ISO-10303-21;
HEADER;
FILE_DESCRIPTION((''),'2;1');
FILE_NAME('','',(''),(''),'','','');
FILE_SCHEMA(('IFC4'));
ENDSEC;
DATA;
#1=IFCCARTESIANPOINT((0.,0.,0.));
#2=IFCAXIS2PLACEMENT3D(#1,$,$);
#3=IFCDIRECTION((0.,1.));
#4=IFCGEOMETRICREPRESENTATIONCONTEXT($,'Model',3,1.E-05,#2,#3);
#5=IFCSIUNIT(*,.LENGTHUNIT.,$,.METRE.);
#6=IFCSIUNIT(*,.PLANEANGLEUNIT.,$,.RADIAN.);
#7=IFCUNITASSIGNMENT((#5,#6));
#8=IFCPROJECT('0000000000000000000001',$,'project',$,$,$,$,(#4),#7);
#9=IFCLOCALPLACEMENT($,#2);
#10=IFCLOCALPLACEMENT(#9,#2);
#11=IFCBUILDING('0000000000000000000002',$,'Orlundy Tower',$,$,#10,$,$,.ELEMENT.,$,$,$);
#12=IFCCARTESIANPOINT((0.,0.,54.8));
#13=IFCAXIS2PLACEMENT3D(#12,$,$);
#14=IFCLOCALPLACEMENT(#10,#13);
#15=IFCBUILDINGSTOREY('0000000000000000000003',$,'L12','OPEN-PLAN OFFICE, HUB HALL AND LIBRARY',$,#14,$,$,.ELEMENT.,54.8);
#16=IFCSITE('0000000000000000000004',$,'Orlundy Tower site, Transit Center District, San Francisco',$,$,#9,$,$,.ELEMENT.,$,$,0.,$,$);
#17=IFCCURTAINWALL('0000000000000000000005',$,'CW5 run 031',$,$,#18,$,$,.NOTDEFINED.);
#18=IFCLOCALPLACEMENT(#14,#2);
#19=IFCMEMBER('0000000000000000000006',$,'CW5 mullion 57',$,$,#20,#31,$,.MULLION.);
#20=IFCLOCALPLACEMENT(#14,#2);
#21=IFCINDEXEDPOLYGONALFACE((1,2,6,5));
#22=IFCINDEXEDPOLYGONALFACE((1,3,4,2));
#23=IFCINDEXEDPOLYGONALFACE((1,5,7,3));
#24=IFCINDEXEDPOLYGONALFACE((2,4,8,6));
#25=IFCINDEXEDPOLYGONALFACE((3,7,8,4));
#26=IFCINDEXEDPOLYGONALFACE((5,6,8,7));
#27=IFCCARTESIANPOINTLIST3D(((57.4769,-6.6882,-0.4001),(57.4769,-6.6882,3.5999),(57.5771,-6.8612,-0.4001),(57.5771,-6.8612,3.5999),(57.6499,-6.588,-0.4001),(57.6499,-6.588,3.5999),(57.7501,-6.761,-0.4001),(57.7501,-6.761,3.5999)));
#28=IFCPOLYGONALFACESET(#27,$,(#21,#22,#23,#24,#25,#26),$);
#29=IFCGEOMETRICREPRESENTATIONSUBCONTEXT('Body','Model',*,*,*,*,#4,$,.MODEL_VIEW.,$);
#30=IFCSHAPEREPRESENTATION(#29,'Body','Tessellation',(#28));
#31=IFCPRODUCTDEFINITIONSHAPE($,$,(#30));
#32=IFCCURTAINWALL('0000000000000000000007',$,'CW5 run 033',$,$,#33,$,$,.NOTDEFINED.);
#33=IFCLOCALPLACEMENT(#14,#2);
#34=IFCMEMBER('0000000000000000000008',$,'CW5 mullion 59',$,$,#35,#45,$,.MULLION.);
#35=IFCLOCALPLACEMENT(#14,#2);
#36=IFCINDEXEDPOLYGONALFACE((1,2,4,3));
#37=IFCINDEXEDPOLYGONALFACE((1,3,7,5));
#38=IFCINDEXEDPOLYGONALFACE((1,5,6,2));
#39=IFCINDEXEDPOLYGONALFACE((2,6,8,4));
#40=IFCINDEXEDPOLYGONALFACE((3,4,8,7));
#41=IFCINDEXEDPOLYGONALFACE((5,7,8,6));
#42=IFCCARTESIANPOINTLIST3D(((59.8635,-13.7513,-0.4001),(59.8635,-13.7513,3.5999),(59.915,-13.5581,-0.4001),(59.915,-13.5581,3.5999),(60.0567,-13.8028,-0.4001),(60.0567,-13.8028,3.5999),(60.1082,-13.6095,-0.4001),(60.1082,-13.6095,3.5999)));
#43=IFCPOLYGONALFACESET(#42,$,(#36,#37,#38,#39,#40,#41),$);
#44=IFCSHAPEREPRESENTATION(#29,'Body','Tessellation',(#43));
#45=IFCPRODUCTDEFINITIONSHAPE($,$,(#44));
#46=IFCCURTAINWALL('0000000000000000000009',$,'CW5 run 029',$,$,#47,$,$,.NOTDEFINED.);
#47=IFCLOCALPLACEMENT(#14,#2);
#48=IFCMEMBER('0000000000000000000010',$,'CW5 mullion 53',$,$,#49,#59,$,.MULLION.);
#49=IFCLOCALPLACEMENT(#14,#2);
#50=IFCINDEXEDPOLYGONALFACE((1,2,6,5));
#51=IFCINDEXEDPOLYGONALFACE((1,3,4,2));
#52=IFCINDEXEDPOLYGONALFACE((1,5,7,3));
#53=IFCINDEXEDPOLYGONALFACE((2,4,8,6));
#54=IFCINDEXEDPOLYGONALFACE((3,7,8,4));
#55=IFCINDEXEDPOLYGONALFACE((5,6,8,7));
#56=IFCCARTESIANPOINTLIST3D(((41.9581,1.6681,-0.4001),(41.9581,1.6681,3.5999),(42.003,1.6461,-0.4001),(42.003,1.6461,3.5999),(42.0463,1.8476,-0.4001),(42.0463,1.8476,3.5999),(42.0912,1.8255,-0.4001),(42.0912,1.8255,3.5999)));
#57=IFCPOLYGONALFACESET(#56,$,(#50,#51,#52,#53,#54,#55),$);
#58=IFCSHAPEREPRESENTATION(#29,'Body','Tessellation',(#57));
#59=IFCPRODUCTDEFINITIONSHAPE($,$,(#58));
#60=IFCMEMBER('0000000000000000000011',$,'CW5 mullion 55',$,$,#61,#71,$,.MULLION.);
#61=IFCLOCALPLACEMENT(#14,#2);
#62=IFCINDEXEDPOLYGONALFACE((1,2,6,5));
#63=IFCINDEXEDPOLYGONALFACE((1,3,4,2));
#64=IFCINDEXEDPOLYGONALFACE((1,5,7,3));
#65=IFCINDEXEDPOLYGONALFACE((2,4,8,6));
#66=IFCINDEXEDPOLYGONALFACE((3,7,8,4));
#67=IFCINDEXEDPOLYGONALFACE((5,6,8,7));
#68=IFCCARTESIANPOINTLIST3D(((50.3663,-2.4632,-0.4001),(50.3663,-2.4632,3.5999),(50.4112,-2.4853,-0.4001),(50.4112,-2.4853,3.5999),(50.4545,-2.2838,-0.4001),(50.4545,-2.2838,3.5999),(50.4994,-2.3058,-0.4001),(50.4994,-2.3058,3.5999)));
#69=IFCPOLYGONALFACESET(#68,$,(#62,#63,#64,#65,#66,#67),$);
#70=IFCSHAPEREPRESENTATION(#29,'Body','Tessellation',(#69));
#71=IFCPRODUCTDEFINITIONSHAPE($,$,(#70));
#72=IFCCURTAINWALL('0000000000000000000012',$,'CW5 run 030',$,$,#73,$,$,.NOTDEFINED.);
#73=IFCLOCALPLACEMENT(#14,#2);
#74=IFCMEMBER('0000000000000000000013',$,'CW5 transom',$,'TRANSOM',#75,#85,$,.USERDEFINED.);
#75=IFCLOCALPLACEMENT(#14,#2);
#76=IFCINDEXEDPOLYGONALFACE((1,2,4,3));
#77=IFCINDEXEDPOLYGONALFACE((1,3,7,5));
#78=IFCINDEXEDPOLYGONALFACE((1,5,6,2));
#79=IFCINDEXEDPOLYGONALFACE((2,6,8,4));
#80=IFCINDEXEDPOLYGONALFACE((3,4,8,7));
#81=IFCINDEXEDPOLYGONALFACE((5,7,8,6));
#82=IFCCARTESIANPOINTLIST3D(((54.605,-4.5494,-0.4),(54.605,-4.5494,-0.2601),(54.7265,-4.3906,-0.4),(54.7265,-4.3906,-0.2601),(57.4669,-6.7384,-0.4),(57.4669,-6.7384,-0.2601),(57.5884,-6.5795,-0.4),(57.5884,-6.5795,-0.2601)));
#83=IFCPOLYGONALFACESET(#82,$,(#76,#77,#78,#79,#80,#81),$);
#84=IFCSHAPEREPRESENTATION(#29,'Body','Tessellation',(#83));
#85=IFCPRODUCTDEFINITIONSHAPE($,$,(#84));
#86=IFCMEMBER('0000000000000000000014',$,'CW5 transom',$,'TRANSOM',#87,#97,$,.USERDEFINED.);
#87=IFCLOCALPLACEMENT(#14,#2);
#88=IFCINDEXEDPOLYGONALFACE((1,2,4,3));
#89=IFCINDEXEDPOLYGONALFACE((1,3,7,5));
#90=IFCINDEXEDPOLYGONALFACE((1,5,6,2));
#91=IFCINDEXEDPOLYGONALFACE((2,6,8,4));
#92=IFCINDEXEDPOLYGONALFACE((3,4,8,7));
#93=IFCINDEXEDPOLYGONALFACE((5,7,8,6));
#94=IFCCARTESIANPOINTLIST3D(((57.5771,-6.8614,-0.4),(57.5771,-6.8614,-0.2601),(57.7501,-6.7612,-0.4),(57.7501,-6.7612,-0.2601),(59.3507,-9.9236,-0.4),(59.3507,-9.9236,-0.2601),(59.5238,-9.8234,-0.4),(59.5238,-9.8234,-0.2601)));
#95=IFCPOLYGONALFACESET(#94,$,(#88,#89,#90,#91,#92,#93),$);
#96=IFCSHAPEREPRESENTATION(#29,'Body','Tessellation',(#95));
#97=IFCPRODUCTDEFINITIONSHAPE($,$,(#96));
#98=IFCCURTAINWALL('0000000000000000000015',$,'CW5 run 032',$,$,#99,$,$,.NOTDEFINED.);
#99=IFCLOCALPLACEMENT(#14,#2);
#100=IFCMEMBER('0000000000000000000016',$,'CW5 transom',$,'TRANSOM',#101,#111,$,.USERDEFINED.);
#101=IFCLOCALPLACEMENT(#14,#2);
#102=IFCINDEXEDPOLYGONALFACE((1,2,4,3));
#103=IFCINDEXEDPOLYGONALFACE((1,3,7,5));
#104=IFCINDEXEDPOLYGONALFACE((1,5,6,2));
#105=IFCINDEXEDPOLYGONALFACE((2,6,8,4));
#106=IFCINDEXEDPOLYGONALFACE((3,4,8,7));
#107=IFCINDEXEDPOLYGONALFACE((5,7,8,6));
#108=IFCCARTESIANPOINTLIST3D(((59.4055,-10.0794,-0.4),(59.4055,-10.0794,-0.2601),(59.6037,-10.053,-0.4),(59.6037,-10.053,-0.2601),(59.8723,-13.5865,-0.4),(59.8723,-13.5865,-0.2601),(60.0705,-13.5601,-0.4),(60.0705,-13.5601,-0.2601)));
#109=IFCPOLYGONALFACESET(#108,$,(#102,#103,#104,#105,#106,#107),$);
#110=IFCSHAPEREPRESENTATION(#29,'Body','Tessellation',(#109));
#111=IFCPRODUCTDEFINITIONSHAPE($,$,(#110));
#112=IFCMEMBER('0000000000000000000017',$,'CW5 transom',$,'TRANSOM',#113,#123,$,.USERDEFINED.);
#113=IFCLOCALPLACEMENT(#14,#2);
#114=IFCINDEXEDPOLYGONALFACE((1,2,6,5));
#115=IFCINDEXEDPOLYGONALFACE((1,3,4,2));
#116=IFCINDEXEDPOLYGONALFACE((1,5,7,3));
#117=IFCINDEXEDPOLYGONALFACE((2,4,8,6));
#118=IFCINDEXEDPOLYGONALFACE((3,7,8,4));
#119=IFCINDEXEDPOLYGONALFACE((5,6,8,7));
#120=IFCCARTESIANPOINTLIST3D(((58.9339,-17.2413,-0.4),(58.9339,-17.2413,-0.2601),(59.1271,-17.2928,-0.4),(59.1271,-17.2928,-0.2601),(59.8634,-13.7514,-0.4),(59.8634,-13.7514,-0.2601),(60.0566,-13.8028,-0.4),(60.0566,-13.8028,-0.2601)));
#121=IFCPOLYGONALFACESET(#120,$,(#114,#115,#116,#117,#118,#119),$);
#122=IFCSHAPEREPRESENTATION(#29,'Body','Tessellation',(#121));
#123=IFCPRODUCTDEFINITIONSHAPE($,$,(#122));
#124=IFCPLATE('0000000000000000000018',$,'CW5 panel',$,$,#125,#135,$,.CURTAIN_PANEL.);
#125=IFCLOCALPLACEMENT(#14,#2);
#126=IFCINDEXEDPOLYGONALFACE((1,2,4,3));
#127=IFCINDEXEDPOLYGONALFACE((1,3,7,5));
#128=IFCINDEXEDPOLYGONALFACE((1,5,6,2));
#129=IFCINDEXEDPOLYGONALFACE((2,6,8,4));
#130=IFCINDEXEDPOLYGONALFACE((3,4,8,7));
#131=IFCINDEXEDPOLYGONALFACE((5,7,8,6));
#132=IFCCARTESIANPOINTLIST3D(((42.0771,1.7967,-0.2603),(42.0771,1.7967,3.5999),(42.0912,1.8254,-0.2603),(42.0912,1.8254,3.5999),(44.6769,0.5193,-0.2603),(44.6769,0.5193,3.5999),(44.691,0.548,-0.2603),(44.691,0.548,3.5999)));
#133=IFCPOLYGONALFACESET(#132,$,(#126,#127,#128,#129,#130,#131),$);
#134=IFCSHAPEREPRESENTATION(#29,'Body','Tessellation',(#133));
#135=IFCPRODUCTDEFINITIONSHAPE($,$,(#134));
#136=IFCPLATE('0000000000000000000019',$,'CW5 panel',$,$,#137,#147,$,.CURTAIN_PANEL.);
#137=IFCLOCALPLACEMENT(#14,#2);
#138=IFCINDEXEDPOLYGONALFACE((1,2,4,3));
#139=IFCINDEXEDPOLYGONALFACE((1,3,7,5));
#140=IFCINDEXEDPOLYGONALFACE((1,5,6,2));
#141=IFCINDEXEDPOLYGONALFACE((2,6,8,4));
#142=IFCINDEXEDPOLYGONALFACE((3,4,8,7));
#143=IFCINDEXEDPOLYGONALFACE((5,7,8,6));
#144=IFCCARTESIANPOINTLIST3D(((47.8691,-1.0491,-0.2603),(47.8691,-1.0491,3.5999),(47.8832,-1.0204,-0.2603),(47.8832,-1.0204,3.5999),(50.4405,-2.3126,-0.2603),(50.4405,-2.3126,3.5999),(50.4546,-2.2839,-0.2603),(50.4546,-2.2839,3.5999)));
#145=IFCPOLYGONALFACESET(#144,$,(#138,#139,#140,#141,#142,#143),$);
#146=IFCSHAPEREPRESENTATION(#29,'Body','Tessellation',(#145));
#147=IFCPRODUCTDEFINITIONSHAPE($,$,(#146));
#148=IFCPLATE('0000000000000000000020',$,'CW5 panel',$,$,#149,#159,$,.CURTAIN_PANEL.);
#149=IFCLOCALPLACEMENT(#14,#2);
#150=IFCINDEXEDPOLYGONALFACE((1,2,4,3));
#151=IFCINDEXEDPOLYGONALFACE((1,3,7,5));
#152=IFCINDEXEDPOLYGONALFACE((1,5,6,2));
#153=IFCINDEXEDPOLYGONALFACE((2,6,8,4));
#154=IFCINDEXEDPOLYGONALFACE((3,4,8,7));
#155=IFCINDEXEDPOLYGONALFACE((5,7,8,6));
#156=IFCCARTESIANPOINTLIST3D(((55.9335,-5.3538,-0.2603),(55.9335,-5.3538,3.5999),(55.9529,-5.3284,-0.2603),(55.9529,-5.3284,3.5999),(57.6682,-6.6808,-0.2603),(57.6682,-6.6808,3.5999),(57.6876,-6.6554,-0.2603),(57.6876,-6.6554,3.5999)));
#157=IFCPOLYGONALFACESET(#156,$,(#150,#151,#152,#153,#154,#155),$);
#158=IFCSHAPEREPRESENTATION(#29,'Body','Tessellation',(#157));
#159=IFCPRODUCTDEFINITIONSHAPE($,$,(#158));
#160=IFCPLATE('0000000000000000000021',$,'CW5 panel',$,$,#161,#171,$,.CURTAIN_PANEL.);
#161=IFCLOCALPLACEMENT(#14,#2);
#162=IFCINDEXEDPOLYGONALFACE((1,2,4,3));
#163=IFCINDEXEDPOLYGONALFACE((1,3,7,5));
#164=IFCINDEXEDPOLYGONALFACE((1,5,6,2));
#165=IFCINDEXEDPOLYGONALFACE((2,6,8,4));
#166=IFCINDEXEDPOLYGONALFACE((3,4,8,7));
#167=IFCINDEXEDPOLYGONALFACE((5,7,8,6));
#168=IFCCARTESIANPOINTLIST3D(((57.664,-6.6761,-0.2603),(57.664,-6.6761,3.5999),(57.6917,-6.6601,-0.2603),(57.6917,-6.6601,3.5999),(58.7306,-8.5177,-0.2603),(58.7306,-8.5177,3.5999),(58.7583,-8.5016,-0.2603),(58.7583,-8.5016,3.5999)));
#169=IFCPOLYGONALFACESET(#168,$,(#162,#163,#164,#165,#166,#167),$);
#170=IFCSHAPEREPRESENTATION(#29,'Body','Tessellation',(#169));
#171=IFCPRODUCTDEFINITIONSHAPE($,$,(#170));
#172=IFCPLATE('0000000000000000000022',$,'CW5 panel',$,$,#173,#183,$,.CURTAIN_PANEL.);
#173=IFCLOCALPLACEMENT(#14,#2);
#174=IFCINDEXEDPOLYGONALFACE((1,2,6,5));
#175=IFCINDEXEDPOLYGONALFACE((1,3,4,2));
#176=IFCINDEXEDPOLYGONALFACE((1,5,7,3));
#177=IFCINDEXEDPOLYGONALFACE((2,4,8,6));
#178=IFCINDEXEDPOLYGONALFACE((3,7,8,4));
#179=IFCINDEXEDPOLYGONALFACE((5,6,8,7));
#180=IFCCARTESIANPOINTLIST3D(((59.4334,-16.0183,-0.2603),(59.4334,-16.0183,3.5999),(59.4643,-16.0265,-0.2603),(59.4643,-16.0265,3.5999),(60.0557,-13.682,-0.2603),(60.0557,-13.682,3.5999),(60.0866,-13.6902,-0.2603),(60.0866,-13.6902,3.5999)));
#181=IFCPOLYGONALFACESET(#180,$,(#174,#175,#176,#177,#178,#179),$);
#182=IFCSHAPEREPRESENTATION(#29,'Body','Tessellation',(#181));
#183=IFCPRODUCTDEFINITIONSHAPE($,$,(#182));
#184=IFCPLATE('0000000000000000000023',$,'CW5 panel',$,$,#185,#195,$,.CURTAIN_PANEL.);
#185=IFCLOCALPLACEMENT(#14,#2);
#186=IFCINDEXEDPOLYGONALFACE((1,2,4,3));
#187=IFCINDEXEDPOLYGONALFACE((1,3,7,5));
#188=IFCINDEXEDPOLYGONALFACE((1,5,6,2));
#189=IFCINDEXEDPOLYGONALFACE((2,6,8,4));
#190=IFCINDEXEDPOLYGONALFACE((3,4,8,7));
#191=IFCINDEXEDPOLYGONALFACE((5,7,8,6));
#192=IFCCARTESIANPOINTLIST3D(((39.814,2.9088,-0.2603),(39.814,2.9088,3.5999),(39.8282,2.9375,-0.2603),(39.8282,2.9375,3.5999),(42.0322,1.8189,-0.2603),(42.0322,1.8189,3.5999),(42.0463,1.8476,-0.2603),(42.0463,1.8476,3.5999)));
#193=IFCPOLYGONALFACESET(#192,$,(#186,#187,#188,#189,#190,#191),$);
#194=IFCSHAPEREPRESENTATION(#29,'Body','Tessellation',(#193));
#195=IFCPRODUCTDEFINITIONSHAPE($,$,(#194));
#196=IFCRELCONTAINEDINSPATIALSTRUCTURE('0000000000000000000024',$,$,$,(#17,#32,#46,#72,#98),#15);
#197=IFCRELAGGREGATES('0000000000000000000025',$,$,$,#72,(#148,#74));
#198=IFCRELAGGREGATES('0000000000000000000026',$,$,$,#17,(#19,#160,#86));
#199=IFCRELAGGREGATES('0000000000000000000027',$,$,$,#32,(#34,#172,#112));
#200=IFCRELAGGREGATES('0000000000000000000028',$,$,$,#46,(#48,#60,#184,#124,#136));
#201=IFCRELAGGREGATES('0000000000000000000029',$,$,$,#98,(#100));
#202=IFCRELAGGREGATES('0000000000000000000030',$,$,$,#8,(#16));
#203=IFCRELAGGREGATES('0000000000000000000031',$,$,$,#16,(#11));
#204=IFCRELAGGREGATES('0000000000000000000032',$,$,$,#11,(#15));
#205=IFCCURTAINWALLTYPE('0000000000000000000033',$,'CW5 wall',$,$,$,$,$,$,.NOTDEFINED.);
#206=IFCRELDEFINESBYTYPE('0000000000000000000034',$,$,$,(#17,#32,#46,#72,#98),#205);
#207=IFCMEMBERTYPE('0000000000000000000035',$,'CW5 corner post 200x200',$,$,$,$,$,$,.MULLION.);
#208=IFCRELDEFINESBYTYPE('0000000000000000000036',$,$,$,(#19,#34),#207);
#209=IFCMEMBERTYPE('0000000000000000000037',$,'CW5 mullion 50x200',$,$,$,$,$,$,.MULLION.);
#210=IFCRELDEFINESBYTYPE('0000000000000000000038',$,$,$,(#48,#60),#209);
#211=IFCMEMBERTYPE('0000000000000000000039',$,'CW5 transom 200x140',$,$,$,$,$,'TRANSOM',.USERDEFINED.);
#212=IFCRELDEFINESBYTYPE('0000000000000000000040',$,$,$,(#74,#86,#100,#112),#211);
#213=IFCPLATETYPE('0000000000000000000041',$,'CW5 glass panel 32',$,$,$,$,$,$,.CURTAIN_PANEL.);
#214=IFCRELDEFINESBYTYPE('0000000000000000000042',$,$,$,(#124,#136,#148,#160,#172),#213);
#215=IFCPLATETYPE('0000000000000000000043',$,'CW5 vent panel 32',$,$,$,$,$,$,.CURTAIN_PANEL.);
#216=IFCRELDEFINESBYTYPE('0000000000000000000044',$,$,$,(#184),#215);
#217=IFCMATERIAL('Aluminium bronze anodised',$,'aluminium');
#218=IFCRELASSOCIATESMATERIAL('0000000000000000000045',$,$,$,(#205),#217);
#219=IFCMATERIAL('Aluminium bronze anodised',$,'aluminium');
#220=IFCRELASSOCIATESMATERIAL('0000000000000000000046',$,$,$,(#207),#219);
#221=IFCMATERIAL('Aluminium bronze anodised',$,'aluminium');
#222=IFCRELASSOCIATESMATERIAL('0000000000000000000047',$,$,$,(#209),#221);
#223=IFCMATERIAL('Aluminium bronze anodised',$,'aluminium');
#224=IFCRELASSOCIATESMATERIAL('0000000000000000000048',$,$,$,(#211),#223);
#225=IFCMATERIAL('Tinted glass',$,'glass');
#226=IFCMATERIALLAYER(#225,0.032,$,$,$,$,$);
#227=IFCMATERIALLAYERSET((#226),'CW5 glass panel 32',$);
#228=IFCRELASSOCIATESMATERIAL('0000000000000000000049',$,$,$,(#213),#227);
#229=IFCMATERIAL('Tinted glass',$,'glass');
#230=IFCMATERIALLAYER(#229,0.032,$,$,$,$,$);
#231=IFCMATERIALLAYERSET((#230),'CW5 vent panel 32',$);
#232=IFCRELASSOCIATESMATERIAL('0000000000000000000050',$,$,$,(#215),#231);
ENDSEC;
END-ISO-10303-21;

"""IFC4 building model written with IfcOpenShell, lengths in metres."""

from ifc_helpers import new_model, si_unit, direction, frame, origin, origin_2d, place, context, subcontext, project, spatial, rectangle, extrude, material, layer, layer_set, material_profile, profile_set, type_object, element, aggregate, save


model = new_model("IFC4")

# Units and contexts
model_context = context("Model", 3, precision=1e-05, world=origin(), true_north=direction((0.0, 1.0)))
body_context = subcontext(model_context, "Body", "Model", "MODEL_VIEW")
ifc_project = project(units=[si_unit("LENGTHUNIT", "METRE"), si_unit("PLANEANGLEUNIT", "RADIAN")], contexts=[model_context])

# Site, building, storey
site_placement = place(None, origin())
site = spatial("IfcSite", under=ifc_project, at=site_placement, Name="Orlundy Tower site, Transit Center District, San Francisco", CompositionType="ELEMENT", RefElevation=0.0)
building_placement = place(site_placement, origin())
building = spatial("IfcBuilding", under=site, at=building_placement, Name="Orlundy Tower", CompositionType="ELEMENT")
storey_placement = place(building_placement, frame((0.0, 0.0, 54.8)))
storey = spatial("IfcBuildingStorey", under=building, at=storey_placement, Name="L12", Description="OPEN-PLAN OFFICE, HUB HALL AND LIBRARY", CompositionType="ELEMENT", Elevation=54.8)

# Curtain walls, members
ifc_material_1 = material(Name="Aluminium bronze anodised", Category="aluminium")
curtain_wall_type = type_object("IfcCurtainWallType", Name="CW5 wall", PredefinedType="NOTDEFINED", material=ifc_material_1)
curtain_wall_1_placement = place(storey_placement, origin())
curtain_wall_1 = element("IfcCurtainWall", 1, at=curtain_wall_1_placement, inside=storey, type_object=curtain_wall_type, Name="CW5 run 031", PredefinedType="NOTDEFINED")
ifc_material_2 = material(Name="Aluminium bronze anodised", Category="aluminium")
ifc_material_profile_1 = material_profile(ifc_material_2, rectangle(XDim=0.2, YDim=0.2, at=origin_2d()), Name="CW5 corner post 200x200")
ifc_profile_set_1 = profile_set([ifc_material_profile_1], Name="Aluminium bronze anodised")
member_type_1 = type_object("IfcMemberType", Name="CW5 corner post 200x200", PredefinedType="MULLION", material=ifc_profile_set_1)
member_1_placement = place(storey_placement, frame((57.6135, -6.7246, -0.4001), z_axis=(0.0, 0.0, 1.0), x_axis=(0.86534, 0.501185, 0.0)))
member_1 = element("IfcMember", 2, at=member_1_placement, type_object=member_type_1, Name="CW5 mullion 57", PredefinedType="MULLION", context=body_context, shape_type="SweptSolid", body=[
    extrude(rectangle(XDim=0.2, YDim=0.2, at=origin_2d()), origin(), (0.0, 0.0, 1.0), 4.0),
])
curtain_wall_2_placement = place(storey_placement, origin())
curtain_wall_2 = element("IfcCurtainWall", 3, at=curtain_wall_2_placement, inside=storey, type_object=curtain_wall_type, Name="CW5 run 033", PredefinedType="NOTDEFINED")
member_2_placement = place(storey_placement, frame((59.9858, -13.6804, -0.4001), z_axis=(0.0, 0.0, 1.0), x_axis=(0.966315, -0.25736, 0.0)))
member_2 = element("IfcMember", 4, at=member_2_placement, type_object=member_type_1, Name="CW5 mullion 59", PredefinedType="MULLION", context=body_context, shape_type="SweptSolid", body=[
    extrude(rectangle(XDim=0.2, YDim=0.2, at=origin_2d()), origin(), (0.0, 0.0, 1.0), 4.0),
])

# Curtain wall, members
curtain_wall_3_placement = place(storey_placement, origin())
curtain_wall_3 = element("IfcCurtainWall", 5, at=curtain_wall_3_placement, inside=storey, type_object=curtain_wall_type, Name="CW5 run 029", PredefinedType="NOTDEFINED")
ifc_material_3 = material(Name="Aluminium bronze anodised", Category="aluminium")
ifc_material_profile_2 = material_profile(ifc_material_3, rectangle(XDim=0.2, YDim=0.05, at=origin_2d()), Name="CW5 mullion 50x200")
ifc_profile_set_2 = profile_set([ifc_material_profile_2], Name="Aluminium bronze anodised")
member_type_2 = type_object("IfcMemberType", Name="CW5 mullion 50x200", PredefinedType="MULLION", material=ifc_profile_set_2)
member_3_placement = place(storey_placement, frame((42.0247, 1.7468, -0.4001), z_axis=(0.0, 0.0, 1.0), x_axis=(0.440983, 0.897515, 0.0)))
member_3 = element("IfcMember", 6, at=member_3_placement, type_object=member_type_2, Name="CW5 mullion 53", PredefinedType="MULLION", context=body_context, shape_type="SweptSolid", body=[
    extrude(rectangle(XDim=0.2, YDim=0.05, at=origin_2d()), origin(), (0.0, 0.0, 1.0), 4.0),
])
member_4_placement = place(storey_placement, frame((50.4329, -2.3845, -0.4001), z_axis=(0.0, 0.0, 1.0), x_axis=(0.440983, 0.897515, 0.0)))
member_4 = element("IfcMember", 7, at=member_4_placement, type_object=member_type_2, Name="CW5 mullion 55", PredefinedType="MULLION", context=body_context, shape_type="SweptSolid", body=[
    extrude(rectangle(XDim=0.2, YDim=0.05, at=origin_2d()), origin(), (0.0, 0.0, 1.0), 4.0),
])

# Curtain wall, member
curtain_wall_4_placement = place(storey_placement, origin())
curtain_wall_4 = element("IfcCurtainWall", 8, at=curtain_wall_4_placement, inside=storey, type_object=curtain_wall_type, Name="CW5 run 030", PredefinedType="NOTDEFINED")
ifc_material_4 = material(Name="Aluminium bronze anodised", Category="aluminium")
ifc_material_profile_3 = material_profile(ifc_material_4, rectangle(XDim=0.2, YDim=0.1399, at=origin_2d()), Name="CW5 transom 200x140")
ifc_profile_set_3 = profile_set([ifc_material_profile_3], Name="Aluminium bronze anodised")
member_type_3 = type_object("IfcMemberType", Name="CW5 transom 200x140", ElementType="TRANSOM", PredefinedType="USERDEFINED", material=ifc_profile_set_3)
member_5_placement = place(storey_placement, frame((54.6658, -4.47, -0.3301), z_axis=(0.794289, -0.607541, 0.0), x_axis=(0.607541, 0.794289, 0.0)))
member_5 = element("IfcMember", 9, at=member_5_placement, type_object=member_type_3, Name="CW5 transom", ObjectType="TRANSOM", PredefinedType="USERDEFINED", context=body_context, shape_type="SweptSolid", body=[
    extrude(rectangle(XDim=0.2, YDim=0.1399, at=origin_2d()), origin(), (0.0, 0.0, 1.0), 3.603),
])

# Member
member_6_placement = place(storey_placement, frame((57.6636, -6.8113, -0.3301), z_axis=(0.501205, -0.865329, 0.0), x_axis=(0.865329, 0.501205, 0.0)))
member_6 = element("IfcMember", 10, at=member_6_placement, type_object=member_type_3, Name="CW5 transom", ObjectType="TRANSOM", PredefinedType="USERDEFINED", context=body_context, shape_type="SweptSolid", body=[
    extrude(rectangle(XDim=0.2, YDim=0.1399, at=origin_2d()), origin(), (0.0, 0.0, 1.0), 3.5388),
])

# Curtain wall, member
curtain_wall_5_placement = place(storey_placement, origin())
curtain_wall_5 = element("IfcCurtainWall", 11, at=curtain_wall_5_placement, inside=storey, type_object=curtain_wall_type, Name="CW5 run 032", PredefinedType="NOTDEFINED")
member_7_placement = place(storey_placement, frame((59.5046, -10.0662, -0.3301), z_axis=(0.131938, -0.991258, 0.0), x_axis=(0.991258, 0.131938, 0.0)))
member_7 = element("IfcMember", 12, at=member_7_placement, type_object=member_type_3, Name="CW5 transom", ObjectType="TRANSOM", PredefinedType="USERDEFINED", context=body_context, shape_type="SweptSolid", body=[
    extrude(rectangle(XDim=0.2, YDim=0.1399, at=origin_2d()), origin(), (0.0, 0.0, 1.0), 3.5381),
])

# Member
member_8_placement = place(storey_placement, frame((59.96, -13.7771, -0.3301), z_axis=(-0.257347, -0.966319, 0.0), x_axis=(0.966319, -0.257347, 0.0)))
member_8 = element("IfcMember", 13, at=member_8_placement, type_object=member_type_3, Name="CW5 transom", ObjectType="TRANSOM", PredefinedType="USERDEFINED", context=body_context, shape_type="SweptSolid", body=[
    extrude(rectangle(XDim=0.2, YDim=0.1399, at=origin_2d()), origin(), (0.0, 0.0, 1.0), 3.6116),
])

# Plates
ifc_material_5 = material(Name="Tinted glass", Category="glass")
ifc_layer_1 = layer(ifc_material_5, 0.032)
ifc_layer_set_1 = layer_set([ifc_layer_1], Name="CW5 glass panel 32")
plate_type_1 = type_object("IfcPlateType", Name="CW5 glass panel 32", PredefinedType="CURTAIN_PANEL", material=ifc_layer_set_1)
plate_1_placement = place(storey_placement, frame((43.384, 1.1724, -0.2603), z_axis=(0.0, 0.0, 1.0), x_axis=(0.897515, -0.440983, 0.0)))
plate_1 = element("IfcPlate", 14, at=plate_1_placement, type_object=plate_type_1, Name="CW5 panel", PredefinedType="CURTAIN_PANEL", context=body_context, shape_type="SweptSolid", body=[
    extrude(rectangle(XDim=2.8967, YDim=0.032, at=origin_2d()), origin(), (0.0, 0.0, 1.0), 3.8601),
])
plate_2_placement = place(storey_placement, frame((49.1619, -1.6665, -0.2603), z_axis=(0.0, 0.0, 1.0), x_axis=(0.897515, -0.440983, 0.0)))
plate_2 = element("IfcPlate", 15, at=plate_2_placement, type_object=plate_type_1, Name="CW5 panel", PredefinedType="CURTAIN_PANEL", context=body_context, shape_type="SweptSolid", body=[
    extrude(rectangle(XDim=2.865, YDim=0.032, at=origin_2d()), origin(), (0.0, 0.0, 1.0), 3.8601),
])
plate_3_placement = place(storey_placement, frame((56.8105, -6.0046, -0.2603), z_axis=(0.0, 0.0, 1.0), x_axis=(0.794266, -0.60757, 0.0)))
plate_3 = element("IfcPlate", 16, at=plate_3_placement, type_object=plate_type_1, Name="CW5 panel", PredefinedType="CURTAIN_PANEL", context=body_context, shape_type="SweptSolid", body=[
    extrude(rectangle(XDim=2.1841, YDim=0.032, at=origin_2d()), origin(), (0.0, 0.0, 1.0), 3.8601),
])
aggregate(curtain_wall_4, [plate_3, member_5])
plate_4_placement = place(storey_placement, frame((58.2112, -7.5889, -0.2603), z_axis=(0.0, 0.0, 1.0), x_axis=(0.501185, -0.86534, 0.0)))
plate_4 = element("IfcPlate", 17, at=plate_4_placement, type_object=plate_type_1, Name="CW5 panel", PredefinedType="CURTAIN_PANEL", context=body_context, shape_type="SweptSolid", body=[
    extrude(rectangle(XDim=2.1282, YDim=0.032, at=origin_2d()), origin(), (0.0, 0.0, 1.0), 3.8601),
])
aggregate(curtain_wall_1, [member_1, plate_4, member_6])
plate_5_placement = place(storey_placement, frame((59.76, -14.8542, -0.2603), z_axis=(0.0, 0.0, 1.0), x_axis=(-0.25736, -0.966315, 0.0)))
plate_5 = element("IfcPlate", 18, at=plate_5_placement, type_object=plate_type_1, Name="CW5 panel", PredefinedType="CURTAIN_PANEL", context=body_context, shape_type="SweptSolid", body=[
    extrude(rectangle(XDim=2.4177, YDim=0.032, at=origin_2d()), origin(), (0.0, 0.0, 1.0), 3.8601),
])
aggregate(curtain_wall_2, [member_2, plate_5, member_8])
ifc_material_6 = material(Name="Tinted glass", Category="glass")
ifc_layer_2 = layer(ifc_material_6, 0.032)
ifc_layer_set_2 = layer_set([ifc_layer_2], Name="CW5 vent panel 32")
plate_type_2 = type_object("IfcPlateType", Name="CW5 vent panel 32", PredefinedType="CURTAIN_PANEL", material=ifc_layer_set_2)
plate_6_placement = place(storey_placement, frame((40.9302, 2.3782, -0.2603), z_axis=(0.0, 0.0, 1.0), x_axis=(0.897515, -0.440983, 0.0)))
plate_6 = element("IfcPlate", 19, at=plate_6_placement, type_object=plate_type_2, Name="CW5 panel", PredefinedType="CURTAIN_PANEL", context=body_context, shape_type="SweptSolid", body=[
    extrude(rectangle(XDim=2.4714, YDim=0.032, at=origin_2d()), origin(), (0.0, 0.0, 1.0), 3.8601),
])
aggregate(curtain_wall_3, [member_3, member_4, plate_6, plate_1, plate_2])
aggregate(curtain_wall_5, [member_7])

save(model, "model.ifc")
